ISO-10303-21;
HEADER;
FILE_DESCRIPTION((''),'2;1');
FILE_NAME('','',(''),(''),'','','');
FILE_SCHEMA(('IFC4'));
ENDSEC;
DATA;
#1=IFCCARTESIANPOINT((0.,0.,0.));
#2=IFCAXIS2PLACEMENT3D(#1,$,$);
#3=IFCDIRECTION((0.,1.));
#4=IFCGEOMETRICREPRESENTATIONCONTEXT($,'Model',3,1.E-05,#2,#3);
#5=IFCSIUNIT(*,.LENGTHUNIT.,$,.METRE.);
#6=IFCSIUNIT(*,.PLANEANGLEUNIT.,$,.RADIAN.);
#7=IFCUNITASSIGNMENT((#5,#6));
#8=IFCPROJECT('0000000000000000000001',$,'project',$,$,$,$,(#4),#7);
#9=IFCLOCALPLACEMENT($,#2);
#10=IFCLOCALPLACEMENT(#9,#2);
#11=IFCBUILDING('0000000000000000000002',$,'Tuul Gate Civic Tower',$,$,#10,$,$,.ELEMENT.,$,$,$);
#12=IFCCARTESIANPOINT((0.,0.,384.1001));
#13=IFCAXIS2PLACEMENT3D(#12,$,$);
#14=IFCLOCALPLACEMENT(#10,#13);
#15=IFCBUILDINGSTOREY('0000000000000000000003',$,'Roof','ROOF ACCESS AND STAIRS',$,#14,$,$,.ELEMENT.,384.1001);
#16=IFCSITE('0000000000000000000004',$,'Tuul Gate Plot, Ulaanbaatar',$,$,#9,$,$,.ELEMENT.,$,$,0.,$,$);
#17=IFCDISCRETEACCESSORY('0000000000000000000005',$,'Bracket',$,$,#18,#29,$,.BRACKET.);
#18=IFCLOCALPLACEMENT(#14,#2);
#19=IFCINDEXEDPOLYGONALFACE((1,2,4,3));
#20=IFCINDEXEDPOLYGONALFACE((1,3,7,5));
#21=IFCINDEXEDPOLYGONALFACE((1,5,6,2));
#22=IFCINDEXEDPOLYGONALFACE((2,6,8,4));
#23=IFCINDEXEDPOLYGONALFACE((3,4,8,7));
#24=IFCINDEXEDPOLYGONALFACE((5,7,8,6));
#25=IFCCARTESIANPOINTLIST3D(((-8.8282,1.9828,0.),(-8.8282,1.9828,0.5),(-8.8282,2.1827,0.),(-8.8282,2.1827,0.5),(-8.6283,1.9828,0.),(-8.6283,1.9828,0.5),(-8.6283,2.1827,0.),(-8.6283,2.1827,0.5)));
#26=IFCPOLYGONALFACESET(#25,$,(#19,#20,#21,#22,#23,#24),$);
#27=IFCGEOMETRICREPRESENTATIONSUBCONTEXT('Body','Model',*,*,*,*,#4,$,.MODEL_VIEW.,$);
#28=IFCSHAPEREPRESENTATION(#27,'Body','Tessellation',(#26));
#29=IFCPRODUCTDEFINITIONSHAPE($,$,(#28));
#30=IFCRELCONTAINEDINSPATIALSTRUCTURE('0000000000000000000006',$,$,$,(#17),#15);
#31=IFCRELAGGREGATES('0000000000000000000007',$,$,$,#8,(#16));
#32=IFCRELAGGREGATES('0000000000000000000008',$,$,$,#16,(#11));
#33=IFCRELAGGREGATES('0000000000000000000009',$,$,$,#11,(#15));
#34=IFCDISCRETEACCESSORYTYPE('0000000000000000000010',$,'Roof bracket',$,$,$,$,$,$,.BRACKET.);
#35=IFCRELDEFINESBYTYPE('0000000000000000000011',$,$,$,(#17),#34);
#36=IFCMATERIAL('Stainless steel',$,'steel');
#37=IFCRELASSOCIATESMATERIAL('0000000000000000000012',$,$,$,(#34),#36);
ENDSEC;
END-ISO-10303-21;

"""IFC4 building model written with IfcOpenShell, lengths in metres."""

from ifc_helpers import new_model, si_unit, direction, frame, origin, origin_2d, place, context, subcontext, project, spatial, rectangle, extrude, material, type_object, element, save


model = new_model("IFC4")

# Units and contexts
model_context = context("Model", 3, precision=1e-05, world=origin(), true_north=direction((0.0, 1.0)))
body_context = subcontext(model_context, "Body", "Model", "MODEL_VIEW")
ifc_project = project(units=[si_unit("LENGTHUNIT", "METRE"), si_unit("PLANEANGLEUNIT", "RADIAN")], contexts=[model_context])

# Site, building, storey
site_placement = place(None, origin())
site = spatial("IfcSite", under=ifc_project, at=site_placement, Name="Tuul Gate Plot, Ulaanbaatar", CompositionType="ELEMENT", RefElevation=0.0)
building_placement = place(site_placement, origin())
building = spatial("IfcBuilding", under=site, at=building_placement, Name="Tuul Gate Civic Tower", CompositionType="ELEMENT")
storey_placement = place(building_placement, frame((0.0, 0.0, 384.1001)))
storey = spatial("IfcBuildingStorey", under=building, at=storey_placement, Name="Roof", Description="ROOF ACCESS AND STAIRS", CompositionType="ELEMENT", Elevation=384.1001)

# Discrete accessory
ifc_material_1 = material(Name="Stainless steel", Category="steel")
discrete_accessory_type_1 = type_object("IfcDiscreteAccessoryType", Name="Roof bracket", PredefinedType="BRACKET", material=ifc_material_1)
discrete_accessory_placement = place(storey_placement, frame((-8.7283, 2.0828, 0.0), z_axis=(0.0, 0.0, 1.0), x_axis=(1.0, 0.0, 0.0)))
element("IfcDiscreteAccessory", 1, at=discrete_accessory_placement, inside=storey, type_object=discrete_accessory_type_1, Name="Bracket", PredefinedType="BRACKET", context=body_context, shape_type="SweptSolid", body=[
    extrude(rectangle(XDim=0.2, YDim=0.2, at=origin_2d()), origin(), (0.0, 0.0, 1.0), 0.5),
])

save(model, "model.ifc")
